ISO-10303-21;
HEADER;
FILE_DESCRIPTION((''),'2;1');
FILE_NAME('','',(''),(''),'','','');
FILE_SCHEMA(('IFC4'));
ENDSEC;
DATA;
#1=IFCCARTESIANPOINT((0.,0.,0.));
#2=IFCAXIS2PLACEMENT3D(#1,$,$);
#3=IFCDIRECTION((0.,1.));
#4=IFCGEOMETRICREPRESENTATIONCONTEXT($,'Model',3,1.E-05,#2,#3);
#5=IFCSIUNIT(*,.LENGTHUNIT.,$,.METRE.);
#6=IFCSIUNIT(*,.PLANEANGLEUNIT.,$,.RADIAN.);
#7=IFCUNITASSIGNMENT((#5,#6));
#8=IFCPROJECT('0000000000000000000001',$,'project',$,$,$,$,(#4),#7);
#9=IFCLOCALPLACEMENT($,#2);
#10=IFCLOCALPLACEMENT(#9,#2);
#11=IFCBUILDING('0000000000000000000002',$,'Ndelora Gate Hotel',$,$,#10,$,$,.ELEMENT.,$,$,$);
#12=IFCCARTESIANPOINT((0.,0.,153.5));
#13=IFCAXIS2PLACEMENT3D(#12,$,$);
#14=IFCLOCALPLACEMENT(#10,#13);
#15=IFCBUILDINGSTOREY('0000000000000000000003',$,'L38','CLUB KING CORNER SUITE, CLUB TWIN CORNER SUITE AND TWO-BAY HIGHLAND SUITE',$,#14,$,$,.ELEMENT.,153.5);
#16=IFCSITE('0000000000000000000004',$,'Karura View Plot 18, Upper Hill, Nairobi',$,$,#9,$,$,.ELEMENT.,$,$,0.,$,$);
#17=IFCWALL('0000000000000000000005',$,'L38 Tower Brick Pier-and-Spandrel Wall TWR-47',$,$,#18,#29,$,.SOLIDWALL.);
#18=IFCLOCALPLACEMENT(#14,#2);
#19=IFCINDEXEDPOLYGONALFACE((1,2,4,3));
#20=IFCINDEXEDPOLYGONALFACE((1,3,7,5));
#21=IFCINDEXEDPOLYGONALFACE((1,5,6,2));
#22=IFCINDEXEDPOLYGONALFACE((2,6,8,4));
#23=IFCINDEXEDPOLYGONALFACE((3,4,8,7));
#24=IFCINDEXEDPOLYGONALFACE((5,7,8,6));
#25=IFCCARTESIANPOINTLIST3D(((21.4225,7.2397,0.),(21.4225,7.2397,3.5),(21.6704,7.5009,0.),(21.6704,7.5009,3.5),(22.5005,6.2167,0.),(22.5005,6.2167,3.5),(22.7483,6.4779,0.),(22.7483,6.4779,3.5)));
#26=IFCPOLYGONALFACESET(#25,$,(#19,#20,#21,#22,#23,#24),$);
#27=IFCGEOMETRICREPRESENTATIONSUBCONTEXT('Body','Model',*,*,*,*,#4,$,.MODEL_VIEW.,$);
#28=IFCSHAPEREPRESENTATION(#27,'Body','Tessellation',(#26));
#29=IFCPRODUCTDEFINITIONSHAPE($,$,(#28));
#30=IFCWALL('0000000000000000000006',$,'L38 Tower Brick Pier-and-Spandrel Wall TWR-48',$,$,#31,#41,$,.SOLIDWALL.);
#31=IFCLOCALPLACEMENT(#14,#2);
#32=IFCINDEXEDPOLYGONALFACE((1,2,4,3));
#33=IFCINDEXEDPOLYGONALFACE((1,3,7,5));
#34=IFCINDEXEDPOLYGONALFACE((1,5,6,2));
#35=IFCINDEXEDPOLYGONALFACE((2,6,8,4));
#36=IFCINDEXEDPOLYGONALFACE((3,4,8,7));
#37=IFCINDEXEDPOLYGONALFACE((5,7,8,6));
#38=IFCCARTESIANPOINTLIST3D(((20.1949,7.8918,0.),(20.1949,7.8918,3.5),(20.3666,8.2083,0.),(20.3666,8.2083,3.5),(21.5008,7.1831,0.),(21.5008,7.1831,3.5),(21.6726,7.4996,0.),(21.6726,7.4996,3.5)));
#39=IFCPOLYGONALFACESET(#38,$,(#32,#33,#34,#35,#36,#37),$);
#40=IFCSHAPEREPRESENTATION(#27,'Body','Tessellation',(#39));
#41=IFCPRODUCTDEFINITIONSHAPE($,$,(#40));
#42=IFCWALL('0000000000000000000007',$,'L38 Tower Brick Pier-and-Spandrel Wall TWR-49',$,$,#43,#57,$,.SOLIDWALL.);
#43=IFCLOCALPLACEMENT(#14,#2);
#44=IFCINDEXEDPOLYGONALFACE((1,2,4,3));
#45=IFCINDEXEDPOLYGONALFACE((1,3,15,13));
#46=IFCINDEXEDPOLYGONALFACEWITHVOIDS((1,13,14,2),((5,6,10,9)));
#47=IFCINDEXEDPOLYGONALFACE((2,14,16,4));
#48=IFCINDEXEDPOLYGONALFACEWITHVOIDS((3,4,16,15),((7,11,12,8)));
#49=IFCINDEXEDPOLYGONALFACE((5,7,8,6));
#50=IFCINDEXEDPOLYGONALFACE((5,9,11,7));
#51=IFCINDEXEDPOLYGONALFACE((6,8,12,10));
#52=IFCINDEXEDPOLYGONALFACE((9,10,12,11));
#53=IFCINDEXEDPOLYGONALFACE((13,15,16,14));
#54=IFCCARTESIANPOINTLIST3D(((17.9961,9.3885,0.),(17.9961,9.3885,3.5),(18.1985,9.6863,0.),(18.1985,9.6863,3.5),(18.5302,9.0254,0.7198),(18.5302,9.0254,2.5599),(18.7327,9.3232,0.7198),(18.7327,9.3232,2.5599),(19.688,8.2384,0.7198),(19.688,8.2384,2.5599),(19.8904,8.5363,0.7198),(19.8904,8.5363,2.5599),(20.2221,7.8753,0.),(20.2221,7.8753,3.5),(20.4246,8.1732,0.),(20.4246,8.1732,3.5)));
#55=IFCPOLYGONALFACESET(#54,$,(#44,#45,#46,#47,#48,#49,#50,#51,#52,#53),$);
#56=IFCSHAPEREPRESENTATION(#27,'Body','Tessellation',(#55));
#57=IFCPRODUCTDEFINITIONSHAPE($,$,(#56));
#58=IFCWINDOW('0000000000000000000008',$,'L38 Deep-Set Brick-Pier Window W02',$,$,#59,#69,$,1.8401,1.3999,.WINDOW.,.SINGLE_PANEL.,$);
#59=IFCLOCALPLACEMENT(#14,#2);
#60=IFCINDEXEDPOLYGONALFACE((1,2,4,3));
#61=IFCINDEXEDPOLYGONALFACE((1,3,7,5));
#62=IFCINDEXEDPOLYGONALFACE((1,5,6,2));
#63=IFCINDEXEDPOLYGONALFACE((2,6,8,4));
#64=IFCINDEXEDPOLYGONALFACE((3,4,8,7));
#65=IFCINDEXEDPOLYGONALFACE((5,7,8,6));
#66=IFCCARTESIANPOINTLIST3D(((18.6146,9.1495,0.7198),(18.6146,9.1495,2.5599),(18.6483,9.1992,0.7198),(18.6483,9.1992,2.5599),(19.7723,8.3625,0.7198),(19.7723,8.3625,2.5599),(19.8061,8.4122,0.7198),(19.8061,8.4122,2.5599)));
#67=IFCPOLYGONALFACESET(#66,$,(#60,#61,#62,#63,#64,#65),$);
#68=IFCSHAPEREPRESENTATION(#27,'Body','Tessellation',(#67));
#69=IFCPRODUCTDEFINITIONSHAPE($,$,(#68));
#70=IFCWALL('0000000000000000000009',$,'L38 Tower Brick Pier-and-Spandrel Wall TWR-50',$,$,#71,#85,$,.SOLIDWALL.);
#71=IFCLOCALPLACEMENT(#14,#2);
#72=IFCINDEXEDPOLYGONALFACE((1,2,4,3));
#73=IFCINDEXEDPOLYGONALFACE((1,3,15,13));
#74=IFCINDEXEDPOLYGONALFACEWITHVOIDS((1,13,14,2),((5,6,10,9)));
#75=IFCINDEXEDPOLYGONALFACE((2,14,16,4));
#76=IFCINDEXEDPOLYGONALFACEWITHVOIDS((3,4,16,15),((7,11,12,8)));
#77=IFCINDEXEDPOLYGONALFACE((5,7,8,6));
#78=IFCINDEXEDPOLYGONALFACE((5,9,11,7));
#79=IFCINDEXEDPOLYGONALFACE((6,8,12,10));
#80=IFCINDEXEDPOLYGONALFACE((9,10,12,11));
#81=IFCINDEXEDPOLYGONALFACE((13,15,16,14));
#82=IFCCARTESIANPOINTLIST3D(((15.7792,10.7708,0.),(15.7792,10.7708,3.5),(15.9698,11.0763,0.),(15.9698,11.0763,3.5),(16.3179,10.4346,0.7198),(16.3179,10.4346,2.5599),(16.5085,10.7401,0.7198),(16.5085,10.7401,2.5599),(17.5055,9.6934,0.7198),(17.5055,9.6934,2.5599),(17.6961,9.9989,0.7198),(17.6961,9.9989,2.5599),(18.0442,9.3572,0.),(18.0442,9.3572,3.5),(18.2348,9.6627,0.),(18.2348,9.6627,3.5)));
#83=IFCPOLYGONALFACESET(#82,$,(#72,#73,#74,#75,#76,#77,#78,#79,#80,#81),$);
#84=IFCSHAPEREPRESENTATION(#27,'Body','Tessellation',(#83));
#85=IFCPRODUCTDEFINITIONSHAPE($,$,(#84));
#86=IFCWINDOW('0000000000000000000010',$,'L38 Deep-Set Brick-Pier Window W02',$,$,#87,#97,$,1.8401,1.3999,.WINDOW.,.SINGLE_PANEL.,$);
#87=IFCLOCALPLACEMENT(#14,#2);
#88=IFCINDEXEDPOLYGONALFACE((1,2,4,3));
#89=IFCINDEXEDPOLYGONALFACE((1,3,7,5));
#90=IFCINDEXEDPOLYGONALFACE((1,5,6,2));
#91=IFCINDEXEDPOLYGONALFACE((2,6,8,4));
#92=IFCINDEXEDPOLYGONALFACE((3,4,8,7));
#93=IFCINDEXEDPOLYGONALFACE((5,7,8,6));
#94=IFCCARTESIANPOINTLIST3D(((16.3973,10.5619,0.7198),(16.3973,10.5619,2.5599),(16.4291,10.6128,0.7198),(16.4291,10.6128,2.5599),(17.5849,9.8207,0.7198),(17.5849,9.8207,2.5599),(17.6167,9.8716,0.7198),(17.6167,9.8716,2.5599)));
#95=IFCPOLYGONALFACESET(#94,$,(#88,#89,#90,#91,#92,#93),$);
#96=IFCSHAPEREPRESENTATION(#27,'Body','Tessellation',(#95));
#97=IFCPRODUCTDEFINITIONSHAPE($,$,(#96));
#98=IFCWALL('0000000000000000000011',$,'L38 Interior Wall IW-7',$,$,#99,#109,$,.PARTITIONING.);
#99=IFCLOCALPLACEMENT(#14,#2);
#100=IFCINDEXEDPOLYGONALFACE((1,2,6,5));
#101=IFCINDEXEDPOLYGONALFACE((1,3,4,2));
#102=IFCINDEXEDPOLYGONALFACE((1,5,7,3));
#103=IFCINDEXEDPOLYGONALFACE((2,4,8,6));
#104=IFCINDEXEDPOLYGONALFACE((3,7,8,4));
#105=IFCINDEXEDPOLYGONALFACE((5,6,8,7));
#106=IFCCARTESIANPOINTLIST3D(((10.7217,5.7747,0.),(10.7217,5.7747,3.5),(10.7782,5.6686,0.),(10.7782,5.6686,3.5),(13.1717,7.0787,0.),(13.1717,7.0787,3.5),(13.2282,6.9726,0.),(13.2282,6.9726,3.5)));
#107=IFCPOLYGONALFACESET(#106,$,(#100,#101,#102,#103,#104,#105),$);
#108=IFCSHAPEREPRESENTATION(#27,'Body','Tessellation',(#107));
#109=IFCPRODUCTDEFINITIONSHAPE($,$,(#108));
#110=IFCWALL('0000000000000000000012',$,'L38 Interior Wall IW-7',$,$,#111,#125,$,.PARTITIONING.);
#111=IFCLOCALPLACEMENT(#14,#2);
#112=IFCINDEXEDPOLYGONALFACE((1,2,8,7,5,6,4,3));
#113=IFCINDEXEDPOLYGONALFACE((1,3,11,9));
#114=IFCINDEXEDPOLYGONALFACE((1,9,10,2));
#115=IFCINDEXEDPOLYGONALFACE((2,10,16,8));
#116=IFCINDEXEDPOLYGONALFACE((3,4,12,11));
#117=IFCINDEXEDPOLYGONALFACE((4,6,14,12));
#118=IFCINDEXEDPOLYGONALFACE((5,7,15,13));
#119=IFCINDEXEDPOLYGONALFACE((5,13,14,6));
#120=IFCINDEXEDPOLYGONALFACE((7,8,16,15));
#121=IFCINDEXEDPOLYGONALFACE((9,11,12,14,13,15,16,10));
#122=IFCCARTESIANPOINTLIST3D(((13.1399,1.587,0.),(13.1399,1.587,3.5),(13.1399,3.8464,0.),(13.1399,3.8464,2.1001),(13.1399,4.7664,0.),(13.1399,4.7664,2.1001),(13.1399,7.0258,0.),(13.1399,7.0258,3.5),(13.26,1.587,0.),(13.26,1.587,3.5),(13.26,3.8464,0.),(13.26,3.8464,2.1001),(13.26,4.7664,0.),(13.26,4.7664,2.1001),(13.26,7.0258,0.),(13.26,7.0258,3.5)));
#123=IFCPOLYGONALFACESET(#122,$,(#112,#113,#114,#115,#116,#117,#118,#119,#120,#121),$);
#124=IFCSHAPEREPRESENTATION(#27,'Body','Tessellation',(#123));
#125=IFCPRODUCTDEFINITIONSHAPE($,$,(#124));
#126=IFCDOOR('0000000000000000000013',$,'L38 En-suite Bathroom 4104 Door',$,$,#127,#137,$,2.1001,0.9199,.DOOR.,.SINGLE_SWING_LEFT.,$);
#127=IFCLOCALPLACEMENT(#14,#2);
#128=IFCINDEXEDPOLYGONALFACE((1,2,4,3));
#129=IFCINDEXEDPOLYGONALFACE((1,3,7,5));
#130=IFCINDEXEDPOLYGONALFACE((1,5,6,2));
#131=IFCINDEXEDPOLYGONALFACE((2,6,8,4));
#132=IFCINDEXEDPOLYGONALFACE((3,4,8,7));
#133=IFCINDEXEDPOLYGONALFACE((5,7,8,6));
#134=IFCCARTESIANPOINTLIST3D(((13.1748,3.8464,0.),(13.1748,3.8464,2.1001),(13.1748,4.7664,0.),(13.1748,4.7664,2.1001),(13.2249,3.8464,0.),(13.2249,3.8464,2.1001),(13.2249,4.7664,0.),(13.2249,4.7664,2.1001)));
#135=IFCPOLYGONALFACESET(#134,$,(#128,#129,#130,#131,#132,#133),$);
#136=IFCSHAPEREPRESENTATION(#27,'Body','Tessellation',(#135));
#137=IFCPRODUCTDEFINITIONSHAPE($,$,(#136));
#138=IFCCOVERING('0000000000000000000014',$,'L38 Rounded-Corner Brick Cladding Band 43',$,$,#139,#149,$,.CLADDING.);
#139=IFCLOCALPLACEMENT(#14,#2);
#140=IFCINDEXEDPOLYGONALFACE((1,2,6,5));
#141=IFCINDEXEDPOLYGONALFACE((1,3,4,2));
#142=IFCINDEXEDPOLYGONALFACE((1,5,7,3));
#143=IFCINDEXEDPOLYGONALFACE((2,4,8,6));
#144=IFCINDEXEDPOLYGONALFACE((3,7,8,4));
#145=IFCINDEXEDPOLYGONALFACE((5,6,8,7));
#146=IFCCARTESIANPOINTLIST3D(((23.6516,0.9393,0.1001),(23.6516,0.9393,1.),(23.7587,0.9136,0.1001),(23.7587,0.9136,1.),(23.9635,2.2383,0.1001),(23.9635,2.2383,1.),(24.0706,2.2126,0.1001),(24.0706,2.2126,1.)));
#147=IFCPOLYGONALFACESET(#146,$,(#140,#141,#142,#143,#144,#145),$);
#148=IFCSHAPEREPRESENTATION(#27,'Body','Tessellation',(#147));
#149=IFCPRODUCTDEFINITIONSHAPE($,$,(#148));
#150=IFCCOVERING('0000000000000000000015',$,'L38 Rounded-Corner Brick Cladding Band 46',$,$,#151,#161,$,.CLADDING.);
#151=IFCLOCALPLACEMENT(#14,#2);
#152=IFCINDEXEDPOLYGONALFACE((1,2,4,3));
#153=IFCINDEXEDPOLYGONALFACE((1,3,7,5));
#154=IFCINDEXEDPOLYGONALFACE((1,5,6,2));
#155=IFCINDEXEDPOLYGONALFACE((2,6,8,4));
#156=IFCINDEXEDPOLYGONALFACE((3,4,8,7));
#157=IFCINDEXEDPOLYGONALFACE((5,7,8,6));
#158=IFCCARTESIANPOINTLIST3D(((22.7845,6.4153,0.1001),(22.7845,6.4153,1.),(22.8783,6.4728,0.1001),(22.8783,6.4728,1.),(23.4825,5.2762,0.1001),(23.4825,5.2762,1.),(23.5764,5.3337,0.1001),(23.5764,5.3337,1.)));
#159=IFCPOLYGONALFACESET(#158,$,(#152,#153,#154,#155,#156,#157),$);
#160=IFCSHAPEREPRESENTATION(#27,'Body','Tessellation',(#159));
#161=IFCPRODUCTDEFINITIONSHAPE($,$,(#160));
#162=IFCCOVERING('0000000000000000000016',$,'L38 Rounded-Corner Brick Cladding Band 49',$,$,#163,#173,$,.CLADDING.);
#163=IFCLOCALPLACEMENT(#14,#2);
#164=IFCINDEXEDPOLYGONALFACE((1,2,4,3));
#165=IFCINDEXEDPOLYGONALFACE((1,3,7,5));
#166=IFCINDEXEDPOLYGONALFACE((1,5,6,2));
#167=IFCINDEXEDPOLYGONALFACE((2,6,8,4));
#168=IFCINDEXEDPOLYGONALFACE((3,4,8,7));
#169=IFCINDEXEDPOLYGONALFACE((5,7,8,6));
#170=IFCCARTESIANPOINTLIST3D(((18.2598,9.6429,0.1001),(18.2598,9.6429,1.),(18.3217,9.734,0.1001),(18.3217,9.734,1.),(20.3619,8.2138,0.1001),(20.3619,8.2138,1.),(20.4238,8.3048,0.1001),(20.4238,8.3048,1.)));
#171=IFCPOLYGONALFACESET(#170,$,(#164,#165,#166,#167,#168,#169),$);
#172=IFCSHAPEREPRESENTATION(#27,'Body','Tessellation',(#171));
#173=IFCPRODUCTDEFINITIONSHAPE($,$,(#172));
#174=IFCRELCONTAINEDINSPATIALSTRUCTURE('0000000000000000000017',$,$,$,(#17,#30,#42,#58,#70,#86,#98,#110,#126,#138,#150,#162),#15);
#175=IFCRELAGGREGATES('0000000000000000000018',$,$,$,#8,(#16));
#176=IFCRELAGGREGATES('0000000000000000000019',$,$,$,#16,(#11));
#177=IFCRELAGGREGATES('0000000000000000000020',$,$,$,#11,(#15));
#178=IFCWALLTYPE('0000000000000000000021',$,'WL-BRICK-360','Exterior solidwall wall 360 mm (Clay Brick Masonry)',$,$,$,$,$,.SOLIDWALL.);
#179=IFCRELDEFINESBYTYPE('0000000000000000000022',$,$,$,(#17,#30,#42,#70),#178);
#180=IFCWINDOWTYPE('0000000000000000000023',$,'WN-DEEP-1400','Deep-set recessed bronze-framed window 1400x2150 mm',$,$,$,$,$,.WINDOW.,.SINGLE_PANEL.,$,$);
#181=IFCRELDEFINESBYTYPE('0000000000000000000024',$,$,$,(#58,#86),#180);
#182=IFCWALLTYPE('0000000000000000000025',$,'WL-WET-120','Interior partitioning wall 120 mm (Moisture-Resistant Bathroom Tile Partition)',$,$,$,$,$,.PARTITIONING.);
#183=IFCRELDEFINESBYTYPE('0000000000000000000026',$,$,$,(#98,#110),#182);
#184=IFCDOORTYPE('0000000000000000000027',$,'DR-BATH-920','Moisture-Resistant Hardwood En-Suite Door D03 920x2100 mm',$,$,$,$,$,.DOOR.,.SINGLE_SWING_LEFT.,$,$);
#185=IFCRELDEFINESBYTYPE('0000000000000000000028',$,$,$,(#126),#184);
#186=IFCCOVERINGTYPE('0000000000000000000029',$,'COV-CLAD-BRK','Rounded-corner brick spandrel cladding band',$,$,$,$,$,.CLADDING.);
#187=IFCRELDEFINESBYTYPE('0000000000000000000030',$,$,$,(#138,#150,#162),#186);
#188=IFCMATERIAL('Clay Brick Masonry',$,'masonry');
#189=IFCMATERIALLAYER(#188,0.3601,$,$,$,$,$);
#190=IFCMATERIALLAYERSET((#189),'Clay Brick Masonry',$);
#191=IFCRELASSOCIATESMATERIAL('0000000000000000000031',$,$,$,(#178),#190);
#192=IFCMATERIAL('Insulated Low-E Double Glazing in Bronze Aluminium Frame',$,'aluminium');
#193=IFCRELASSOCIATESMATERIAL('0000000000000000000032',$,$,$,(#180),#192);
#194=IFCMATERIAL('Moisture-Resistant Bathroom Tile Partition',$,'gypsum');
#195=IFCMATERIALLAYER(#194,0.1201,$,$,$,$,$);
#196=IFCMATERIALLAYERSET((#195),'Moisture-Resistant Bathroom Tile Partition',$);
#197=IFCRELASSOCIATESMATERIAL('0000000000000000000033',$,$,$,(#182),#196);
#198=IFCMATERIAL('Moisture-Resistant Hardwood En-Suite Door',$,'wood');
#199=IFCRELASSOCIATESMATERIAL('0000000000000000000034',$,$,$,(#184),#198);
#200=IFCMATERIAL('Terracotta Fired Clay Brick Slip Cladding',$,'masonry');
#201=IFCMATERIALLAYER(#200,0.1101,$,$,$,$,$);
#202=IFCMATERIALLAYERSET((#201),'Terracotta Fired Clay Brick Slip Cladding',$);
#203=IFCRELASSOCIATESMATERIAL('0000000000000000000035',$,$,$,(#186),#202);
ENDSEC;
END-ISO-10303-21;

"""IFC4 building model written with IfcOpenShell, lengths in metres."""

from ifc_helpers import new_model, si_unit, direction, frame, frame_2d, origin, origin_2d, place, context, subcontext, project, spatial, rectangle, extrude, material, layer, layer_set, type_object, element, fill, save


model = new_model("IFC4")

# Units and contexts
model_context = context("Model", 3, precision=1e-05, world=origin(), true_north=direction((0.0, 1.0)))
body_context = subcontext(model_context, "Body", "Model", "MODEL_VIEW")
ifc_project = project(units=[si_unit("LENGTHUNIT", "METRE"), si_unit("PLANEANGLEUNIT", "RADIAN")], contexts=[model_context])

# Site, building, storey
site_placement = place(None, origin())
site = spatial("IfcSite", under=ifc_project, at=site_placement, Name="Karura View Plot 18, Upper Hill, Nairobi", CompositionType="ELEMENT", RefElevation=0.0)
building_placement = place(site_placement, origin())
building = spatial("IfcBuilding", under=site, at=building_placement, Name="Ndelora Gate Hotel", CompositionType="ELEMENT")
storey_placement = place(building_placement, frame((0.0, 0.0, 153.5)))
storey = spatial("IfcBuildingStorey", under=building, at=storey_placement, Name="L38", Description="CLUB KING CORNER SUITE, CLUB TWIN CORNER SUITE AND TWO-BAY HIGHLAND SUITE", CompositionType="ELEMENT", Elevation=153.5)

# Walls
ifc_material_1 = material(Name="Clay Brick Masonry", Category="masonry")
ifc_layer_1 = layer(ifc_material_1, 0.3601)
ifc_layer_set_1 = layer_set([ifc_layer_1], Name="Clay Brick Masonry")
wall_type_1 = type_object("IfcWallType", Name="WL-BRICK-360", Description="Exterior solidwall wall 360 mm (Clay Brick Masonry)", PredefinedType="SOLIDWALL", material=ifc_layer_set_1)
wall_1_placement = place(storey_placement, frame((21.5464, 7.3704, 0.0), z_axis=(0.0, 0.0, 1.0), x_axis=(0.725348, -0.688382, 0.0)))
element("IfcWall", 1, at=wall_1_placement, inside=storey, type_object=wall_type_1, Name="L38 Tower Brick Pier-and-Spandrel Wall TWR-47", PredefinedType="SOLIDWALL", context=body_context, shape_type="SweptSolid", body=[
    extrude(rectangle(XDim=1.4861, YDim=0.3601, at=frame_2d((0.7432, 0.0))), origin(), (0.0, 0.0, 1.0), 3.5),
])
wall_2_placement = place(storey_placement, frame((20.2808, 8.05, 0.0), z_axis=(0.0, 0.0, 1.0), x_axis=(0.878905, -0.476998, 0.0)))
element("IfcWall", 2, at=wall_2_placement, inside=storey, type_object=wall_type_1, Name="L38 Tower Brick Pier-and-Spandrel Wall TWR-48", PredefinedType="SOLIDWALL", context=body_context, shape_type="SweptSolid", body=[
    extrude(rectangle(XDim=1.4858, YDim=0.3601, at=frame_2d((0.7429, 0.0))), origin(), (0.0, 0.0, 1.0), 3.5),
])

# Walls, openings, windows
wall_3_placement = place(storey_placement, frame((18.0974, 9.5374, 0.0), z_axis=(0.0, 0.0, 1.0), x_axis=(0.827021, -0.562171, 0.0)))
wall_3 = element("IfcWall", 3, at=wall_3_placement, inside=storey, type_object=wall_type_1, Name="L38 Tower Brick Pier-and-Spandrel Wall TWR-49", PredefinedType="SOLIDWALL", context=body_context, shape_type="SweptSolid", body=[
    extrude(rectangle(XDim=2.6917, YDim=0.3601, at=frame_2d((1.3457, 0.0))), origin(), (0.0, 0.0, 1.0), 3.5),
])
opening_1_placement = place(wall_3_placement, frame((0.6458, 0.0, 0.72)))
opening_1 = element("IfcOpeningElement", 4, at=opening_1_placement, cuts=wall_3, PredefinedType="OPENING", context=body_context, shape_type="SweptSolid", body=[
    extrude(rectangle(XDim=1.3999, YDim=1.8401, at=frame_2d((0.7, 0.9199))), frame((0.0, 0.1899, 0.0), z_axis=(0.0, -1.0, 0.0), x_axis=(1.0, 0.0, 0.0)), (0.0, 0.0, 1.0), 0.3801),
])
ifc_material_2 = material(Name="Insulated Low-E Double Glazing in Bronze Aluminium Frame", Category="aluminium")
window_type = type_object("IfcWindowType", Name="WN-DEEP-1400", Description="Deep-set recessed bronze-framed window 1400x2150 mm", PartitioningType="SINGLE_PANEL", PredefinedType="WINDOW", material=ifc_material_2)
window_1_placement = place(opening_1_placement, origin())
window_1 = element("IfcWindow", 5, at=window_1_placement, inside=storey, type_object=window_type, Name="L38 Deep-Set Brick-Pier Window W02", OverallHeight=1.8401, OverallWidth=1.3999, PartitioningType="SINGLE_PANEL", PredefinedType="WINDOW", context=body_context, shape_type="SweptSolid", body=[
    extrude(rectangle(XDim=1.3999, YDim=1.8401, at=frame_2d((0.7, 0.9199))), frame((0.0, 0.03, 0.0), z_axis=(0.0, -1.0, 0.0), x_axis=(1.0, 0.0, 0.0)), (0.0, 0.0, 1.0), 0.0601),
])
fill(opening_1, window_1)
wall_4_placement = place(storey_placement, frame((15.8745, 10.9236, 0.0), z_axis=(0.0, 0.0, 1.0), x_axis=(0.848332, -0.529465, 0.0)))
wall_4 = element("IfcWall", 6, at=wall_4_placement, inside=storey, type_object=wall_type_1, Name="L38 Tower Brick Pier-and-Spandrel Wall TWR-50", PredefinedType="SOLIDWALL", context=body_context, shape_type="SweptSolid", body=[
    extrude(rectangle(XDim=2.6699, YDim=0.3601, at=frame_2d((1.335, 0.0))), origin(), (0.0, 0.0, 1.0), 3.5),
])
opening_2_placement = place(wall_4_placement, frame((0.635, 0.0, 0.72)))
opening_2 = element("IfcOpeningElement", 7, at=opening_2_placement, cuts=wall_4, PredefinedType="OPENING", context=body_context, shape_type="SweptSolid", body=[
    extrude(rectangle(XDim=1.3999, YDim=1.8401, at=frame_2d((0.7, 0.9199))), frame((0.0, 0.1899, 0.0), z_axis=(0.0, -1.0, 0.0), x_axis=(1.0, 0.0, 0.0)), (0.0, 0.0, 1.0), 0.3801),
])
window_2_placement = place(opening_2_placement, origin())
window_2 = element("IfcWindow", 8, at=window_2_placement, inside=storey, type_object=window_type, Name="L38 Deep-Set Brick-Pier Window W02", OverallHeight=1.8401, OverallWidth=1.3999, PartitioningType="SINGLE_PANEL", PredefinedType="WINDOW", context=body_context, shape_type="SweptSolid", body=[
    extrude(rectangle(XDim=1.3999, YDim=1.8401, at=frame_2d((0.7, 0.9199))), frame((0.0, 0.03, 0.0), z_axis=(0.0, -1.0, 0.0), x_axis=(1.0, 0.0, 0.0)), (0.0, 0.0, 1.0), 0.0601),
])
fill(opening_2, window_2)

# Wall
ifc_material_3 = material(Name="Moisture-Resistant Bathroom Tile Partition", Category="gypsum")
ifc_layer_2 = layer(ifc_material_3, 0.1201)
ifc_layer_set_2 = layer_set([ifc_layer_2], Name="Moisture-Resistant Bathroom Tile Partition")
wall_type_2 = type_object("IfcWallType", Name="WL-WET-120", Description="Interior partitioning wall 120 mm (Moisture-Resistant Bathroom Tile Partition)", PredefinedType="PARTITIONING", material=ifc_layer_set_2)
wall_5_placement = place(storey_placement, frame((13.2, 7.0256, 0.0), z_axis=(0.0, 0.0, 1.0), x_axis=(-0.882754, -0.469835, 0.0)))
element("IfcWall", 9, at=wall_5_placement, inside=storey, type_object=wall_type_2, Name="L38 Interior Wall IW-7", PredefinedType="PARTITIONING", context=body_context, shape_type="SweptSolid", body=[
    extrude(rectangle(XDim=2.7754, YDim=0.1201, at=frame_2d((1.3877, 0.0))), origin(), (0.0, 0.0, 1.0), 3.5),
])

# Wall, opening, door
wall_6_placement = place(storey_placement, frame((13.2, 7.0256, 0.0), z_axis=(0.0, 0.0, 1.0), x_axis=(0.0, -1.0, 0.0)))
wall_6 = element("IfcWall", 10, at=wall_6_placement, inside=storey, type_object=wall_type_2, Name="L38 Interior Wall IW-7", PredefinedType="PARTITIONING", context=body_context, shape_type="SweptSolid", body=[
    extrude(rectangle(XDim=5.4387, YDim=0.1201, at=frame_2d((2.7192, 0.0))), origin(), (0.0, 0.0, 1.0), 3.5),
])
opening_3_placement = place(wall_6_placement, frame((2.2593, 0.0, 0.0)))
opening_3 = element("IfcOpeningElement", 11, at=opening_3_placement, cuts=wall_6, PredefinedType="OPENING", context=body_context, shape_type="SweptSolid", body=[
    extrude(rectangle(XDim=0.9199, YDim=2.1001, at=frame_2d((0.46, 1.05))), frame((0.0, 0.0701, 0.0), z_axis=(0.0, -1.0, 0.0), x_axis=(1.0, 0.0, 0.0)), (0.0, 0.0, 1.0), 0.1401),
])
ifc_material_4 = material(Name="Moisture-Resistant Hardwood En-Suite Door", Category="wood")
door_type = type_object("IfcDoorType", Name="DR-BATH-920", Description="Moisture-Resistant Hardwood En-Suite Door D03 920x2100 mm", OperationType="SINGLE_SWING_LEFT", PredefinedType="DOOR", material=ifc_material_4)
door_placement = place(opening_3_placement, origin())
door = element("IfcDoor", 12, at=door_placement, inside=storey, type_object=door_type, Name="L38 En-suite Bathroom 4104 Door", OperationType="SINGLE_SWING_LEFT", OverallHeight=2.1001, OverallWidth=0.9199, PredefinedType="DOOR", context=body_context, shape_type="SweptSolid", body=[
    extrude(rectangle(XDim=0.9199, YDim=2.1001, at=frame_2d((0.46, 1.05))), frame((0.0, 0.0249, 0.0), z_axis=(0.0, -1.0, 0.0), x_axis=(1.0, 0.0, 0.0)), (0.0, 0.0, 1.0), 0.05),
])
fill(opening_3, door)

# Coverings
ifc_material_5 = material(Name="Terracotta Fired Clay Brick Slip Cladding", Category="masonry")
ifc_layer_3 = layer(ifc_material_5, 0.1101)
ifc_layer_set_3 = layer_set([ifc_layer_3], Name="Terracotta Fired Clay Brick Slip Cladding")
covering_type_1 = type_object("IfcCoveringType", Name="COV-CLAD-BRK", Description="Rounded-corner brick spandrel cladding band", PredefinedType="CLADDING", material=ifc_layer_set_3)
for number, where, z_axis, x_axis, name in (
    (13, (23.8611, 1.5759, 0.1001), (0.0, 0.0, 1.0), (0.233445, 0.97237, 0.0), "L38 Rounded-Corner Brick Cladding Band 43"),
    (14, (23.1804, 5.8745, 0.1001), (0.0, 0.0, 1.0), (-0.522499, 0.85264, 0.0), "L38 Rounded-Corner Brick Cladding Band 46"),
):
    element("IfcCovering", number, at=place(storey_placement, frame(where, z_axis=z_axis, x_axis=x_axis)), inside=storey, type_object=covering_type_1, Name=name, PredefinedType="CLADDING", context=body_context, shape_type="SweptSolid", body=[
        extrude(rectangle(XDim=1.3359, YDim=0.1101, at=origin_2d()), origin(), (0.0, 0.0, 1.0), 0.8999),
    ])
covering_1_placement = place(storey_placement, frame((19.3418, 8.9739, 0.1001), z_axis=(0.0, 0.0, 1.0), x_axis=(-0.826982, 0.562228, 0.0)))
element("IfcCovering", 15, at=covering_1_placement, inside=storey, type_object=covering_type_1, Name="L38 Rounded-Corner Brick Cladding Band 49", PredefinedType="CLADDING", context=body_context, shape_type="SweptSolid", body=[
    extrude(rectangle(XDim=2.542, YDim=0.1101, at=origin_2d()), origin(), (0.0, 0.0, 1.0), 0.8999),
])

save(model, "model.ifc")
